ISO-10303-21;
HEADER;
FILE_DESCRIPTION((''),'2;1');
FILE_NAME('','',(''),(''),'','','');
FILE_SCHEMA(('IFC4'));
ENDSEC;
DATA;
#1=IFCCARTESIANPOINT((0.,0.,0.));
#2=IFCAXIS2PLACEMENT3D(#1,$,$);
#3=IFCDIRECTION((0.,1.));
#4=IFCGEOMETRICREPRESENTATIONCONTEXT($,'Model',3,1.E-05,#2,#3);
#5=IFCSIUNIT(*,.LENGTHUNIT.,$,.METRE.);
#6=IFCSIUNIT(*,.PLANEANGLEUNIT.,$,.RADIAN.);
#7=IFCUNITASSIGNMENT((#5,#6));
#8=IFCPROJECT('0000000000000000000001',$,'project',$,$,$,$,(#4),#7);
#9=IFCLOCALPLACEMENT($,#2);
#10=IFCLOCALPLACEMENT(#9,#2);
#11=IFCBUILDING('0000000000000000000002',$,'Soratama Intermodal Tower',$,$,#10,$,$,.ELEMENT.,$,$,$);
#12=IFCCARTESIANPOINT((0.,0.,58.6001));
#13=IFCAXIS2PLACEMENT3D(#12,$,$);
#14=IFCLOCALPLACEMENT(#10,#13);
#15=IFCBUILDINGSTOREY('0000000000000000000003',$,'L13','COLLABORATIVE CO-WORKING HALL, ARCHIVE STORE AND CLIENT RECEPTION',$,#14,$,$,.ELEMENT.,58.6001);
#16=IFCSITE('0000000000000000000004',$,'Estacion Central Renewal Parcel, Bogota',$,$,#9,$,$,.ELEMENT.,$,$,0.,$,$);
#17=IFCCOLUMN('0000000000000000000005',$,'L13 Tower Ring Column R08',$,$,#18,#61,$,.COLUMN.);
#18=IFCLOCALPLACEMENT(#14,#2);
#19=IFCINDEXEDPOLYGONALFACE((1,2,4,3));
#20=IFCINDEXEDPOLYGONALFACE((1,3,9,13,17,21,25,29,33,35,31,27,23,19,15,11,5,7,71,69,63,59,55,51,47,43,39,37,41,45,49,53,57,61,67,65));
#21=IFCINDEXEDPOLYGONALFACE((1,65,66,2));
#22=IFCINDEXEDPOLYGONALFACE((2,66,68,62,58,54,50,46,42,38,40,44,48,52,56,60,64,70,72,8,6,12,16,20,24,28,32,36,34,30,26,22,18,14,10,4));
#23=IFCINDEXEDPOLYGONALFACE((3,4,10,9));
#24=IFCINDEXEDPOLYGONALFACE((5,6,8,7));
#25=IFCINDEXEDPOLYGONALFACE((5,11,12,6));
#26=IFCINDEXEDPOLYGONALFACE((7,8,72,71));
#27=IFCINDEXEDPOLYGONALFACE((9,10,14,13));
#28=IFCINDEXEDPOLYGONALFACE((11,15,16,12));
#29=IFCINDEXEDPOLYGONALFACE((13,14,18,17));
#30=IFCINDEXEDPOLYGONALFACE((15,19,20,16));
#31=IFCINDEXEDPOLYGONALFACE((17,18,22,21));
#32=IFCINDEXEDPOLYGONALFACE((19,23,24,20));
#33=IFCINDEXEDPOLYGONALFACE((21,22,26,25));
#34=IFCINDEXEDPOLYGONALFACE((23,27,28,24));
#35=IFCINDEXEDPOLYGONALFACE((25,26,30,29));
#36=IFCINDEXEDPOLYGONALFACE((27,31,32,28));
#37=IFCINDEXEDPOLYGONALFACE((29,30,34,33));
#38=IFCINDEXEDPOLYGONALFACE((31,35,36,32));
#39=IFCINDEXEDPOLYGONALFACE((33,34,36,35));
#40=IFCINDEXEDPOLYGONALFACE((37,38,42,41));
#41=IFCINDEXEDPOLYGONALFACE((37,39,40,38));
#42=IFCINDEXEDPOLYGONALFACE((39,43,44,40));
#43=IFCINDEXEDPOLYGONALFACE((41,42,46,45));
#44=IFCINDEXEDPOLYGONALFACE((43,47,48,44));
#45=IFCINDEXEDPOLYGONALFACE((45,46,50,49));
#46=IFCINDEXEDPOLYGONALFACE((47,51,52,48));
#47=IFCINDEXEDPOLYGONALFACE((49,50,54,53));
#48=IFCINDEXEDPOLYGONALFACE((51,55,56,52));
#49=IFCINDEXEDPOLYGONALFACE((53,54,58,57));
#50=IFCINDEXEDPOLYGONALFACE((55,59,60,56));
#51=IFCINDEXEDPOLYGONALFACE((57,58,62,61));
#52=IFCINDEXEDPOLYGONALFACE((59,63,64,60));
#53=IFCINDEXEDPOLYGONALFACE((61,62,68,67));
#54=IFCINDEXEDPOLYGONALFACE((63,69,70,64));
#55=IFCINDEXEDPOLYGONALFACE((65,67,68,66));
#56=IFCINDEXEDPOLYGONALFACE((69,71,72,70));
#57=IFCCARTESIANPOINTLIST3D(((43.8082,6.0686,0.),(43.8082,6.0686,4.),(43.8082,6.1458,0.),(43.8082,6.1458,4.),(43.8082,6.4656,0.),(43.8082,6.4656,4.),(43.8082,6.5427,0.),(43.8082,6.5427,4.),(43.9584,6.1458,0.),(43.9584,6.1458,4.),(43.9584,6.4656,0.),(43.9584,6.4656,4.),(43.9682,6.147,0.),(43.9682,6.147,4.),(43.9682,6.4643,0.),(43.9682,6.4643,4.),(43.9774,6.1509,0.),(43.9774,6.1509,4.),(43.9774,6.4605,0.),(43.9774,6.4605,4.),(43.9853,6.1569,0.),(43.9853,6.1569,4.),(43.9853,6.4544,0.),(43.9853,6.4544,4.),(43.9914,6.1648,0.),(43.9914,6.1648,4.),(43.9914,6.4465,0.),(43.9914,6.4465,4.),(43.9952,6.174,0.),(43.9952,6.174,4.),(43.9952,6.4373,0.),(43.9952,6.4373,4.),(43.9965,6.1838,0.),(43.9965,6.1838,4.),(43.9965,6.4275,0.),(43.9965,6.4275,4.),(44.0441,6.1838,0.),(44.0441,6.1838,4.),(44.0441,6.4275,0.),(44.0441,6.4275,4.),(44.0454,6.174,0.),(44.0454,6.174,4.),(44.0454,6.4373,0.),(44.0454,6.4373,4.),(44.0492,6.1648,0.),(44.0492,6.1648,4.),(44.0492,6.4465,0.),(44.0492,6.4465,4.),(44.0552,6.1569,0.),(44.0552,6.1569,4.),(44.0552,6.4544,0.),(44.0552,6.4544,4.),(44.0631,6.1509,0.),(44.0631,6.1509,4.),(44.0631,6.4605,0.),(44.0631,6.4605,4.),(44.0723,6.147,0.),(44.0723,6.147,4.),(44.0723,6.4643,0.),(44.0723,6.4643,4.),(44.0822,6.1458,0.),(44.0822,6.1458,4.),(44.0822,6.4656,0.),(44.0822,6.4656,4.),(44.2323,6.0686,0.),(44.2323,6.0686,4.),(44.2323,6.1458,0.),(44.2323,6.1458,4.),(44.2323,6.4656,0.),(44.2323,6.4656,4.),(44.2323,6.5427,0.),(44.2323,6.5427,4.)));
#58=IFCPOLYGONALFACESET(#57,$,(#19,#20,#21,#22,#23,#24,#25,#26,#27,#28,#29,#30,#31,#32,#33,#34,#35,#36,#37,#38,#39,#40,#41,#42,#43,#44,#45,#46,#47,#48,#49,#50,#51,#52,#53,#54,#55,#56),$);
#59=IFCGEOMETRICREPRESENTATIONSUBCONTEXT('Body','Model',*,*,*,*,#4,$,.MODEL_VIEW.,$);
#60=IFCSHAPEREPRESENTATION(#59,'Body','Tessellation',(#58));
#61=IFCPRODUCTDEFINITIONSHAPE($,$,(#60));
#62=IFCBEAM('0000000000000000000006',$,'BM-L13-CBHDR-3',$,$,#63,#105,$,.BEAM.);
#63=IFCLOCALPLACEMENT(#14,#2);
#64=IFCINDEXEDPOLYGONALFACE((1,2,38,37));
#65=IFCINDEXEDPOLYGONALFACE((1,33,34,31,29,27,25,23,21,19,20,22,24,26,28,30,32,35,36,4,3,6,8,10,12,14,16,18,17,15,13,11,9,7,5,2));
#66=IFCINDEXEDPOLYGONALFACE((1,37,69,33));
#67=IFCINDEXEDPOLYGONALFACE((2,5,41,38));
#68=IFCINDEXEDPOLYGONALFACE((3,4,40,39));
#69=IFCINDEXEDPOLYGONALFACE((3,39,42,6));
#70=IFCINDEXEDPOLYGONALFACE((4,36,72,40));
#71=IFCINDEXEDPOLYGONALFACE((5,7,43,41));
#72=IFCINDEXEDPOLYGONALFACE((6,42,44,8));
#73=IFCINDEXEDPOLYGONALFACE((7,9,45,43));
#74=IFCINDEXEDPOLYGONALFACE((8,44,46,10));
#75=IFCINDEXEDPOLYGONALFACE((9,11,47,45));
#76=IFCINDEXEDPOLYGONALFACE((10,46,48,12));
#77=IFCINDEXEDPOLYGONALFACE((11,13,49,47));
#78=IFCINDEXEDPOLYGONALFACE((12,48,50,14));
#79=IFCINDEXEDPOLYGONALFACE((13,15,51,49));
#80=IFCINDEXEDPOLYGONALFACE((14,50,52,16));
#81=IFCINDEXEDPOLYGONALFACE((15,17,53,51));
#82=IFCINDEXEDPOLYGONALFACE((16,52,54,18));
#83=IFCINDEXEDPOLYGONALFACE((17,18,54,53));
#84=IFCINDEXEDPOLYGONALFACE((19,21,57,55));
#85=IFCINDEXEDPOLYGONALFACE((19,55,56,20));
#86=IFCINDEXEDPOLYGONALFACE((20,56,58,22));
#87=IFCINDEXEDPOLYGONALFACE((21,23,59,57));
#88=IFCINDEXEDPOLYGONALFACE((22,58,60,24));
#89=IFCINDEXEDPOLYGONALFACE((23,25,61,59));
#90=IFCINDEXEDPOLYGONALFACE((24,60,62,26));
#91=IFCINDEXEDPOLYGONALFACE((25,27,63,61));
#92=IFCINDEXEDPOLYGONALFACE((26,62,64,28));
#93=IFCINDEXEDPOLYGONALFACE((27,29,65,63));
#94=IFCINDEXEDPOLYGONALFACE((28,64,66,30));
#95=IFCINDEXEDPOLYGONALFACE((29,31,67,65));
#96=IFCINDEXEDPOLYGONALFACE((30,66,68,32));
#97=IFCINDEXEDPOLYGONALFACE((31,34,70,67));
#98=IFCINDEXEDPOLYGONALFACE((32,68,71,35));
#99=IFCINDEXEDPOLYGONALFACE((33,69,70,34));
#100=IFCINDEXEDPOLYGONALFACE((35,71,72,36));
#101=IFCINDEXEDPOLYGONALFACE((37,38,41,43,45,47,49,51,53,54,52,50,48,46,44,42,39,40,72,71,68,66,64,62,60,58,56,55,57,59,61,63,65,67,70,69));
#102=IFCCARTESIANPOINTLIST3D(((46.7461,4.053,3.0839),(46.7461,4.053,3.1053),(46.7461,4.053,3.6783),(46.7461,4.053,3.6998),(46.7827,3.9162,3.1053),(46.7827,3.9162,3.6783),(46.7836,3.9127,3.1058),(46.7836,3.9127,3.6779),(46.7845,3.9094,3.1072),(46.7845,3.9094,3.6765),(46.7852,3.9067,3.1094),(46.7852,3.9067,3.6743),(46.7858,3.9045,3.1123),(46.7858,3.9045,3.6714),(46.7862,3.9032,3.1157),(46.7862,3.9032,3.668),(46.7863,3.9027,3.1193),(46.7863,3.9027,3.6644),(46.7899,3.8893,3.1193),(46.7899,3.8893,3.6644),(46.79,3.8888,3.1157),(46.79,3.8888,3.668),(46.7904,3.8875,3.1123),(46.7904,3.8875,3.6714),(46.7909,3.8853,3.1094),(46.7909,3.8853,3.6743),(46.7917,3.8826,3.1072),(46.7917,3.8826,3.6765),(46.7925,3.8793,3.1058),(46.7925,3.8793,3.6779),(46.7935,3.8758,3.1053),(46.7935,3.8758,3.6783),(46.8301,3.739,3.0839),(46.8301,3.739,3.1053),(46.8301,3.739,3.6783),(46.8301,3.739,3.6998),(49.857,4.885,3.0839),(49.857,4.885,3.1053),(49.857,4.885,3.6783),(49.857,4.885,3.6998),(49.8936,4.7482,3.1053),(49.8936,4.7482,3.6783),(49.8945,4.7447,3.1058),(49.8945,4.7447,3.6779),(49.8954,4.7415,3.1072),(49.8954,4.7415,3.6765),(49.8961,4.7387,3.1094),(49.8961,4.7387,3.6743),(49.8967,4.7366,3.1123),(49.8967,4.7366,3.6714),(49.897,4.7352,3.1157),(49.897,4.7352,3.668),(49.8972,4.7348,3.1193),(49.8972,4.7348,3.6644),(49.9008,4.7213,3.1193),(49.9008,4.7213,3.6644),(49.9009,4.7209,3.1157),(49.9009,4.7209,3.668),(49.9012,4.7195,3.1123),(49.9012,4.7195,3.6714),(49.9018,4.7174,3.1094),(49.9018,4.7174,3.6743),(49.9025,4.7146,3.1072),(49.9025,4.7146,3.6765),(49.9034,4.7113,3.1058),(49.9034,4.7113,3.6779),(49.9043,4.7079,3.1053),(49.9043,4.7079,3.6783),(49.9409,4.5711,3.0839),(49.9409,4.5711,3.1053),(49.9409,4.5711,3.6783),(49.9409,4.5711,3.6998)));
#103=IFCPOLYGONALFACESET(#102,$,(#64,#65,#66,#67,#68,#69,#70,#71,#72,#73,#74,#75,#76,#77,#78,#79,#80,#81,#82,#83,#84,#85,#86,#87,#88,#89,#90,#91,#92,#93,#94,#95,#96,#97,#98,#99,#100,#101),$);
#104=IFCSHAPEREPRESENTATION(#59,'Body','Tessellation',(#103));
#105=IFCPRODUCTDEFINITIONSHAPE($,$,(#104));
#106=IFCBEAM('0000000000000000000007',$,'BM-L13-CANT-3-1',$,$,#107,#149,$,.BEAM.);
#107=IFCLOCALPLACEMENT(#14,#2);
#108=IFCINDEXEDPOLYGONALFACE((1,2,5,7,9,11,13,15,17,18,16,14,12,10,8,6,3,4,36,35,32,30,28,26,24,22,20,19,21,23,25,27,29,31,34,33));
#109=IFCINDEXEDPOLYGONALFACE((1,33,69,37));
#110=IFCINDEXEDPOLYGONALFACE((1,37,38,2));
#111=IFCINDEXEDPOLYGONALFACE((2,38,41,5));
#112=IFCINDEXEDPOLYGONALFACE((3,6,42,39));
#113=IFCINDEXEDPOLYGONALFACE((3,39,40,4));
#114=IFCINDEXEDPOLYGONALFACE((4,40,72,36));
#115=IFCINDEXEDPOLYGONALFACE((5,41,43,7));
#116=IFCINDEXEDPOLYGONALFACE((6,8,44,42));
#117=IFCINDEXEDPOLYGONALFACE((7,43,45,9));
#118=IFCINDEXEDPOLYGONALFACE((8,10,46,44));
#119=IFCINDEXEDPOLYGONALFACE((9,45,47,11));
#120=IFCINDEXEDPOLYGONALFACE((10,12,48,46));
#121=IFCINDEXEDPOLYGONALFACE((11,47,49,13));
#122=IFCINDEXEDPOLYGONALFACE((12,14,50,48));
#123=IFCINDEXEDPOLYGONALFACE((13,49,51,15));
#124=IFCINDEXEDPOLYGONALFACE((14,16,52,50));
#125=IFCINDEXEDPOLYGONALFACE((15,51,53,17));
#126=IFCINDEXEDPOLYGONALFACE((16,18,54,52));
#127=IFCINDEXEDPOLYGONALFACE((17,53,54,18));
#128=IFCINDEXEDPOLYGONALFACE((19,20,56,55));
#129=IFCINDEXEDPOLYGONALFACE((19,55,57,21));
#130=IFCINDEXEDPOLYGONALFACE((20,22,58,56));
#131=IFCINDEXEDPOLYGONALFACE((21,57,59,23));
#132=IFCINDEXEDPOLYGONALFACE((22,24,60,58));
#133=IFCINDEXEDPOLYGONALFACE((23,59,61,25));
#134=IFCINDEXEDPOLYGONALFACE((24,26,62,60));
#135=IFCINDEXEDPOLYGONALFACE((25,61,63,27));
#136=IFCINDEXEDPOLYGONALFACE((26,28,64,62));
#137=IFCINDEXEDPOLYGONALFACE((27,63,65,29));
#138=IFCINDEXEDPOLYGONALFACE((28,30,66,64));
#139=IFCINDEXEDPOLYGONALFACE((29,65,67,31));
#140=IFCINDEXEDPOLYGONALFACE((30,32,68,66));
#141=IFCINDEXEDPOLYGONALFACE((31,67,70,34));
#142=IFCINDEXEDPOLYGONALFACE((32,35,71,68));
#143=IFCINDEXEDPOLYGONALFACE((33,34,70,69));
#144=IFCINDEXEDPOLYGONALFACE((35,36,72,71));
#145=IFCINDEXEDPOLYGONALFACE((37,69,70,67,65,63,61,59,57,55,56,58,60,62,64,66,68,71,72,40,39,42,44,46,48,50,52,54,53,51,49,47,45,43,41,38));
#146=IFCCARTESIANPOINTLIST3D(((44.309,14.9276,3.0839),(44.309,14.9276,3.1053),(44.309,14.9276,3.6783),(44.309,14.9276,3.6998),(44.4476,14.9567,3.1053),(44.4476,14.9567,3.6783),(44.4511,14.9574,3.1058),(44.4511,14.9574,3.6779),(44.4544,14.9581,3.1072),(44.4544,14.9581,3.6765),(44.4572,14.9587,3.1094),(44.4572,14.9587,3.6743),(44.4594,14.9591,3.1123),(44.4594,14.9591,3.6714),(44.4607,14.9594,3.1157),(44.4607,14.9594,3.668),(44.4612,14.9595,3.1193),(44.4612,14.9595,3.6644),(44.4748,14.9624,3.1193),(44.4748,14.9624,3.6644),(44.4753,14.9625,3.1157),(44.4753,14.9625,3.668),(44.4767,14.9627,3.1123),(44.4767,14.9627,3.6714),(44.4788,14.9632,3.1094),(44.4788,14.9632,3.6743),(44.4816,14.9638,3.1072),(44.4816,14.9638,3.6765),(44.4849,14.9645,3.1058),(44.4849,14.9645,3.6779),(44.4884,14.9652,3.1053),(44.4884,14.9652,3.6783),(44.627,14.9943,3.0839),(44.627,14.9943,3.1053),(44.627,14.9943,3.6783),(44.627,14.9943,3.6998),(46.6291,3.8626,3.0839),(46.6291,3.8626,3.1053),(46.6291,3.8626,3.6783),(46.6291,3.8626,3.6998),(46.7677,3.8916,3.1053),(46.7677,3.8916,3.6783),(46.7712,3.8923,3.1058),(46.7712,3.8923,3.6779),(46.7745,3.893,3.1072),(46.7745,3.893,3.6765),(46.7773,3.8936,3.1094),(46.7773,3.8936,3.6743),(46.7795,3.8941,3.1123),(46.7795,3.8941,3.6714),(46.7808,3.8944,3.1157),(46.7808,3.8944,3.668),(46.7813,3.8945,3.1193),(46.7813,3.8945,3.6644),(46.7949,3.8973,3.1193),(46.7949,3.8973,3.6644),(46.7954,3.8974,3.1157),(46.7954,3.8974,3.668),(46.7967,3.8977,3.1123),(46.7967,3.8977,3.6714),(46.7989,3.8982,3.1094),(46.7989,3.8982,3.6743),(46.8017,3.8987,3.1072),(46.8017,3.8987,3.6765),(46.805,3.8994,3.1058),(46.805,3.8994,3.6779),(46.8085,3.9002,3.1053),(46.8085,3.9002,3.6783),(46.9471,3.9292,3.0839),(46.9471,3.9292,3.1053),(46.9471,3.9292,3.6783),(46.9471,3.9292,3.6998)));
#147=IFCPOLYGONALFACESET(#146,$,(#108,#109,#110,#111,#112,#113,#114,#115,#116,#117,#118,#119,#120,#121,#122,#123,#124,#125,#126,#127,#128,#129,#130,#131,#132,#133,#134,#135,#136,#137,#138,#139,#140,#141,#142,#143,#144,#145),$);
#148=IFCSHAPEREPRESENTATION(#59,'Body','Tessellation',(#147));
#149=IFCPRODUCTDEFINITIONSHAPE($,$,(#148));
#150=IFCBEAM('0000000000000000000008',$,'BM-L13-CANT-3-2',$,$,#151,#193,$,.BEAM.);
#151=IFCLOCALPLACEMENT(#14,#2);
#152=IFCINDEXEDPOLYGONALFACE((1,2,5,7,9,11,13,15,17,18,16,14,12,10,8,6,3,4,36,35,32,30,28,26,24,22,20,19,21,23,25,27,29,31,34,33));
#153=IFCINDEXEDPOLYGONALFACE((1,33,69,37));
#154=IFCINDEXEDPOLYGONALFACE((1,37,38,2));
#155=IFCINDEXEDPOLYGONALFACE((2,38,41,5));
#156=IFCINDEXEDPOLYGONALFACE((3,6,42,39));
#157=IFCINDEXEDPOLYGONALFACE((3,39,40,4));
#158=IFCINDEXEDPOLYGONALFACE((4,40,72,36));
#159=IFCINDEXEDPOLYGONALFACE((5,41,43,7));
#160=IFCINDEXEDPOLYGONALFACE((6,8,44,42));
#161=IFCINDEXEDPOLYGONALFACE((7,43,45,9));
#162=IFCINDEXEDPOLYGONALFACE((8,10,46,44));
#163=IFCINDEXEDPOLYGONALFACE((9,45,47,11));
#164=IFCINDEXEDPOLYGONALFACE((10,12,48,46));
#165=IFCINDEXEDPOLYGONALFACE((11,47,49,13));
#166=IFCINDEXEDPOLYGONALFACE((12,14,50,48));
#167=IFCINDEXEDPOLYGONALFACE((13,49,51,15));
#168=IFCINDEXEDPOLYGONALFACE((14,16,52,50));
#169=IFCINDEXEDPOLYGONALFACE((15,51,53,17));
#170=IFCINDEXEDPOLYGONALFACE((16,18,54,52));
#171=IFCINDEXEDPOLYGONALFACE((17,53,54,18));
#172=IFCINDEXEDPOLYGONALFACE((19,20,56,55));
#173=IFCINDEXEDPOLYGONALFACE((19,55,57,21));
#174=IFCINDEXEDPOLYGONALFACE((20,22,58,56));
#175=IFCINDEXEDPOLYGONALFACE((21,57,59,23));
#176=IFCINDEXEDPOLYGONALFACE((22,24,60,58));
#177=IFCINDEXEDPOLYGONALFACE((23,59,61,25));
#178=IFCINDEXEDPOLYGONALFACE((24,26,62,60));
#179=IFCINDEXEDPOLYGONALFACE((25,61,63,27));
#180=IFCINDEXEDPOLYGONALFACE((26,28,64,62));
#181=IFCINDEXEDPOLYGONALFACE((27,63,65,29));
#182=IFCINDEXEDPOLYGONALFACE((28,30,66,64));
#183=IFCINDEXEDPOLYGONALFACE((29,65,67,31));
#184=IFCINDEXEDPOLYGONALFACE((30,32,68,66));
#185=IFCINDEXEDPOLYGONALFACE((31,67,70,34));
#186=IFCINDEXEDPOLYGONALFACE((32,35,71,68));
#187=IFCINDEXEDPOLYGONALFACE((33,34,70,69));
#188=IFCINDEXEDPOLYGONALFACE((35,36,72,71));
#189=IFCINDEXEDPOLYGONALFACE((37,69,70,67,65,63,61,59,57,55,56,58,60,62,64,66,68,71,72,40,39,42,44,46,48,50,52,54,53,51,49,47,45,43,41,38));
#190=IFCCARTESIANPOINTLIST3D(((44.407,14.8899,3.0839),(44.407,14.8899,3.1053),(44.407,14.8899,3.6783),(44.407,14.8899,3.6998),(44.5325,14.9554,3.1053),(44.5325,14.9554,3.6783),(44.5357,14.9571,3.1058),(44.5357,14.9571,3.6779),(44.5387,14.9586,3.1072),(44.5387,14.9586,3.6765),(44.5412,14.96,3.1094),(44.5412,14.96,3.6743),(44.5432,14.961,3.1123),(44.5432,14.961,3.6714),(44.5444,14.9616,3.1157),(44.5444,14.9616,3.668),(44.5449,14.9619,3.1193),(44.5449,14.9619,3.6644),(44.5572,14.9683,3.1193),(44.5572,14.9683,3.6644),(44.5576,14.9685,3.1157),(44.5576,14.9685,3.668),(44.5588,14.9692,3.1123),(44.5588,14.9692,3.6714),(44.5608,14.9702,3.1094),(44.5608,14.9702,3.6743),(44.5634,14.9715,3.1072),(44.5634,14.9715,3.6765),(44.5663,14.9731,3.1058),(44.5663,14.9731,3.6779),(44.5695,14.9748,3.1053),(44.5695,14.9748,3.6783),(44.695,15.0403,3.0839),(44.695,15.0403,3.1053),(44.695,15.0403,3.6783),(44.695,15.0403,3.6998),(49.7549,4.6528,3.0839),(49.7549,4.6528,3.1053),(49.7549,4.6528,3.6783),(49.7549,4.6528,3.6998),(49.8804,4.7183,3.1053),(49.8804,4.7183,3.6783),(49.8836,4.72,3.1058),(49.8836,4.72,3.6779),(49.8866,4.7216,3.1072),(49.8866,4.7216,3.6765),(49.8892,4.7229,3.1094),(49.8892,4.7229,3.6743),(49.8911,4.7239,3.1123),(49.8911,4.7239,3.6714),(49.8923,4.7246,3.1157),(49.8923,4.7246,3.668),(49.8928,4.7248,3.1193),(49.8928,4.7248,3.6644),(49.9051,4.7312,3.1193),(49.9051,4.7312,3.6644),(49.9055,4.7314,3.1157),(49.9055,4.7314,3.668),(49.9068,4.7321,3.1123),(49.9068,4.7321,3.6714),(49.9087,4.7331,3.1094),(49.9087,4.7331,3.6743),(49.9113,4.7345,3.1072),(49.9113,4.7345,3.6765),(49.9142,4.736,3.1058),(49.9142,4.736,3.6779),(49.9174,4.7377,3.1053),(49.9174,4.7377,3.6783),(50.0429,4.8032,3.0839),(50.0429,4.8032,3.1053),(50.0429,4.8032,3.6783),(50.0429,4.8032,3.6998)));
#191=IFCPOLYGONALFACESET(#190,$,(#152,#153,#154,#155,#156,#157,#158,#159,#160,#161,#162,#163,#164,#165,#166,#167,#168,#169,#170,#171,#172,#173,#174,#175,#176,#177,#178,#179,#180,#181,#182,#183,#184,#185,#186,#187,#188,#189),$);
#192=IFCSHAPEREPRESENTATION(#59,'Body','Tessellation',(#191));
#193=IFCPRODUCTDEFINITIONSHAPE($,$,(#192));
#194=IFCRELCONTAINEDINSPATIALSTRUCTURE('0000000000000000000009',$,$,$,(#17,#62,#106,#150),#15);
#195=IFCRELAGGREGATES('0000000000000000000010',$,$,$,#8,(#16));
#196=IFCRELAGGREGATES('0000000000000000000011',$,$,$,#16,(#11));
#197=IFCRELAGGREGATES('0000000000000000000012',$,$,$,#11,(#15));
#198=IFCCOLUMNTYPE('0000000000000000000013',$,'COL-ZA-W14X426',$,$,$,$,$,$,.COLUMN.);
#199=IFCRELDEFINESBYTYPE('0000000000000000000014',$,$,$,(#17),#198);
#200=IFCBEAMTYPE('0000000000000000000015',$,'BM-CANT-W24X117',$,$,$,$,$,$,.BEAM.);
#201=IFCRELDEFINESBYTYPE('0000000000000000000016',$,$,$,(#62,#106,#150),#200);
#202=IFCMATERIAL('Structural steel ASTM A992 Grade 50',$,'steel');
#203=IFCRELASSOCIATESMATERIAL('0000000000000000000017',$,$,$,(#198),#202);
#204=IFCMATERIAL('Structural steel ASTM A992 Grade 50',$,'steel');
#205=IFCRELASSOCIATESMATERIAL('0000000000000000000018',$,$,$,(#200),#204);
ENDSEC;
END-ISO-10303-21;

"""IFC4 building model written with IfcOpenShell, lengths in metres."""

from ifc_helpers import new_model, si_unit, direction, frame, origin, origin_2d, place, context, subcontext, project, spatial, i_section, extrude, material, material_profile, profile_set, type_object, element, save


model = new_model("IFC4")

# Units and contexts
model_context = context("Model", 3, precision=1e-05, world=origin(), true_north=direction((0.0, 1.0)))
body_context = subcontext(model_context, "Body", "Model", "MODEL_VIEW")
ifc_project = project(units=[si_unit("LENGTHUNIT", "METRE"), si_unit("PLANEANGLEUNIT", "RADIAN")], contexts=[model_context])

# Site, building, storey
site_placement = place(None, origin())
site = spatial("IfcSite", under=ifc_project, at=site_placement, Name="Estacion Central Renewal Parcel, Bogota", CompositionType="ELEMENT", RefElevation=0.0)
building_placement = place(site_placement, origin())
building = spatial("IfcBuilding", under=site, at=building_placement, Name="Soratama Intermodal Tower", CompositionType="ELEMENT")
storey_placement = place(building_placement, frame((0.0, 0.0, 58.6001)))
storey = spatial("IfcBuildingStorey", under=building, at=storey_placement, Name="L13", Description="COLLABORATIVE CO-WORKING HALL, ARCHIVE STORE AND CLIENT RECEPTION", CompositionType="ELEMENT", Elevation=58.6001)

# Column
ifc_material_1 = material(Name="Structural steel ASTM A992 Grade 50", Category="steel")
ifc_material_profile_1 = material_profile(ifc_material_1, i_section(OverallWidth=0.4241, OverallDepth=0.4741, WebThickness=0.0476, FlangeThickness=0.0771, FilletRadius=0.0381, at=origin_2d()), Name="W14X426")
ifc_profile_set_1 = profile_set([ifc_material_profile_1], Name="Structural steel ASTM A992 Grade 50")
column_type = type_object("IfcColumnType", Name="COL-ZA-W14X426", PredefinedType="COLUMN", material=ifc_profile_set_1)
column_placement = place(storey_placement, frame((44.0203, 6.3057, 0.0), z_axis=(0.0, 0.0, 1.0), x_axis=(1.0, 0.0, 0.0)))
element("IfcColumn", 1, at=column_placement, inside=storey, type_object=column_type, Name="L13 Tower Ring Column R08", PredefinedType="COLUMN", context=body_context, shape_type="SweptSolid", body=[
    extrude(i_section(OverallWidth=0.4241, OverallDepth=0.4741, WebThickness=0.0476, FlangeThickness=0.0771, FilletRadius=0.0381, at=origin_2d()), origin(), (0.0, 0.0, 1.0), 4.0),
])

# Beams
ifc_material_2 = material(Name="Structural steel ASTM A992 Grade 50", Category="steel")
ifc_material_profile_2 = material_profile(ifc_material_2, i_section(OverallWidth=0.325, OverallDepth=0.616, WebThickness=0.0139, FlangeThickness=0.0215, FilletRadius=0.0139, at=origin_2d()), Name="W24X117")
ifc_profile_set_2 = profile_set([ifc_material_profile_2], Name="Structural steel ASTM A992 Grade 50")
beam_type_1 = type_object("IfcBeamType", Name="BM-CANT-W24X117", PredefinedType="BEAM", material=ifc_profile_set_2)
beam_1_placement = place(storey_placement, frame((46.7881, 3.896, 3.3918), z_axis=(0.966043, 0.25838, 0.0), x_axis=(-0.25838, 0.966043, 0.0)))
element("IfcBeam", 2, at=beam_1_placement, inside=storey, type_object=beam_type_1, Name="BM-L13-CBHDR-3", PredefinedType="BEAM", context=body_context, shape_type="SweptSolid", body=[
    extrude(i_section(OverallWidth=0.325, OverallDepth=0.616, WebThickness=0.0139, FlangeThickness=0.0215, FilletRadius=0.0139, at=origin_2d()), origin(), (0.0, 0.0, 1.0), 3.2202),
])
beam_2_placement = place(storey_placement, frame((44.468, 14.9609, 3.3918), z_axis=(0.205215, -0.978717, 0.0), x_axis=(0.978717, 0.205215, 0.0)))
element("IfcBeam", 3, at=beam_2_placement, inside=storey, type_object=beam_type_1, Name="BM-L13-CANT-3-1", PredefinedType="BEAM", context=body_context, shape_type="SweptSolid", body=[
    extrude(i_section(OverallWidth=0.325, OverallDepth=0.616, WebThickness=0.0139, FlangeThickness=0.0215, FilletRadius=0.0139, at=origin_2d()), origin(), (0.0, 0.0, 1.0), 11.3057),
])
beam_3_placement = place(storey_placement, frame((44.551, 14.9651, 3.3918), z_axis=(0.46303, -0.886342, 0.0), x_axis=(0.886342, 0.46303, 0.0)))
element("IfcBeam", 4, at=beam_3_placement, inside=storey, type_object=beam_type_1, Name="BM-L13-CANT-3-2", PredefinedType="BEAM", context=body_context, shape_type="SweptSolid", body=[
    extrude(i_section(OverallWidth=0.325, OverallDepth=0.616, WebThickness=0.0139, FlangeThickness=0.0215, FilletRadius=0.0139, at=origin_2d()), origin(), (0.0, 0.0, 1.0), 11.5498),
])

save(model, "model.ifc")
